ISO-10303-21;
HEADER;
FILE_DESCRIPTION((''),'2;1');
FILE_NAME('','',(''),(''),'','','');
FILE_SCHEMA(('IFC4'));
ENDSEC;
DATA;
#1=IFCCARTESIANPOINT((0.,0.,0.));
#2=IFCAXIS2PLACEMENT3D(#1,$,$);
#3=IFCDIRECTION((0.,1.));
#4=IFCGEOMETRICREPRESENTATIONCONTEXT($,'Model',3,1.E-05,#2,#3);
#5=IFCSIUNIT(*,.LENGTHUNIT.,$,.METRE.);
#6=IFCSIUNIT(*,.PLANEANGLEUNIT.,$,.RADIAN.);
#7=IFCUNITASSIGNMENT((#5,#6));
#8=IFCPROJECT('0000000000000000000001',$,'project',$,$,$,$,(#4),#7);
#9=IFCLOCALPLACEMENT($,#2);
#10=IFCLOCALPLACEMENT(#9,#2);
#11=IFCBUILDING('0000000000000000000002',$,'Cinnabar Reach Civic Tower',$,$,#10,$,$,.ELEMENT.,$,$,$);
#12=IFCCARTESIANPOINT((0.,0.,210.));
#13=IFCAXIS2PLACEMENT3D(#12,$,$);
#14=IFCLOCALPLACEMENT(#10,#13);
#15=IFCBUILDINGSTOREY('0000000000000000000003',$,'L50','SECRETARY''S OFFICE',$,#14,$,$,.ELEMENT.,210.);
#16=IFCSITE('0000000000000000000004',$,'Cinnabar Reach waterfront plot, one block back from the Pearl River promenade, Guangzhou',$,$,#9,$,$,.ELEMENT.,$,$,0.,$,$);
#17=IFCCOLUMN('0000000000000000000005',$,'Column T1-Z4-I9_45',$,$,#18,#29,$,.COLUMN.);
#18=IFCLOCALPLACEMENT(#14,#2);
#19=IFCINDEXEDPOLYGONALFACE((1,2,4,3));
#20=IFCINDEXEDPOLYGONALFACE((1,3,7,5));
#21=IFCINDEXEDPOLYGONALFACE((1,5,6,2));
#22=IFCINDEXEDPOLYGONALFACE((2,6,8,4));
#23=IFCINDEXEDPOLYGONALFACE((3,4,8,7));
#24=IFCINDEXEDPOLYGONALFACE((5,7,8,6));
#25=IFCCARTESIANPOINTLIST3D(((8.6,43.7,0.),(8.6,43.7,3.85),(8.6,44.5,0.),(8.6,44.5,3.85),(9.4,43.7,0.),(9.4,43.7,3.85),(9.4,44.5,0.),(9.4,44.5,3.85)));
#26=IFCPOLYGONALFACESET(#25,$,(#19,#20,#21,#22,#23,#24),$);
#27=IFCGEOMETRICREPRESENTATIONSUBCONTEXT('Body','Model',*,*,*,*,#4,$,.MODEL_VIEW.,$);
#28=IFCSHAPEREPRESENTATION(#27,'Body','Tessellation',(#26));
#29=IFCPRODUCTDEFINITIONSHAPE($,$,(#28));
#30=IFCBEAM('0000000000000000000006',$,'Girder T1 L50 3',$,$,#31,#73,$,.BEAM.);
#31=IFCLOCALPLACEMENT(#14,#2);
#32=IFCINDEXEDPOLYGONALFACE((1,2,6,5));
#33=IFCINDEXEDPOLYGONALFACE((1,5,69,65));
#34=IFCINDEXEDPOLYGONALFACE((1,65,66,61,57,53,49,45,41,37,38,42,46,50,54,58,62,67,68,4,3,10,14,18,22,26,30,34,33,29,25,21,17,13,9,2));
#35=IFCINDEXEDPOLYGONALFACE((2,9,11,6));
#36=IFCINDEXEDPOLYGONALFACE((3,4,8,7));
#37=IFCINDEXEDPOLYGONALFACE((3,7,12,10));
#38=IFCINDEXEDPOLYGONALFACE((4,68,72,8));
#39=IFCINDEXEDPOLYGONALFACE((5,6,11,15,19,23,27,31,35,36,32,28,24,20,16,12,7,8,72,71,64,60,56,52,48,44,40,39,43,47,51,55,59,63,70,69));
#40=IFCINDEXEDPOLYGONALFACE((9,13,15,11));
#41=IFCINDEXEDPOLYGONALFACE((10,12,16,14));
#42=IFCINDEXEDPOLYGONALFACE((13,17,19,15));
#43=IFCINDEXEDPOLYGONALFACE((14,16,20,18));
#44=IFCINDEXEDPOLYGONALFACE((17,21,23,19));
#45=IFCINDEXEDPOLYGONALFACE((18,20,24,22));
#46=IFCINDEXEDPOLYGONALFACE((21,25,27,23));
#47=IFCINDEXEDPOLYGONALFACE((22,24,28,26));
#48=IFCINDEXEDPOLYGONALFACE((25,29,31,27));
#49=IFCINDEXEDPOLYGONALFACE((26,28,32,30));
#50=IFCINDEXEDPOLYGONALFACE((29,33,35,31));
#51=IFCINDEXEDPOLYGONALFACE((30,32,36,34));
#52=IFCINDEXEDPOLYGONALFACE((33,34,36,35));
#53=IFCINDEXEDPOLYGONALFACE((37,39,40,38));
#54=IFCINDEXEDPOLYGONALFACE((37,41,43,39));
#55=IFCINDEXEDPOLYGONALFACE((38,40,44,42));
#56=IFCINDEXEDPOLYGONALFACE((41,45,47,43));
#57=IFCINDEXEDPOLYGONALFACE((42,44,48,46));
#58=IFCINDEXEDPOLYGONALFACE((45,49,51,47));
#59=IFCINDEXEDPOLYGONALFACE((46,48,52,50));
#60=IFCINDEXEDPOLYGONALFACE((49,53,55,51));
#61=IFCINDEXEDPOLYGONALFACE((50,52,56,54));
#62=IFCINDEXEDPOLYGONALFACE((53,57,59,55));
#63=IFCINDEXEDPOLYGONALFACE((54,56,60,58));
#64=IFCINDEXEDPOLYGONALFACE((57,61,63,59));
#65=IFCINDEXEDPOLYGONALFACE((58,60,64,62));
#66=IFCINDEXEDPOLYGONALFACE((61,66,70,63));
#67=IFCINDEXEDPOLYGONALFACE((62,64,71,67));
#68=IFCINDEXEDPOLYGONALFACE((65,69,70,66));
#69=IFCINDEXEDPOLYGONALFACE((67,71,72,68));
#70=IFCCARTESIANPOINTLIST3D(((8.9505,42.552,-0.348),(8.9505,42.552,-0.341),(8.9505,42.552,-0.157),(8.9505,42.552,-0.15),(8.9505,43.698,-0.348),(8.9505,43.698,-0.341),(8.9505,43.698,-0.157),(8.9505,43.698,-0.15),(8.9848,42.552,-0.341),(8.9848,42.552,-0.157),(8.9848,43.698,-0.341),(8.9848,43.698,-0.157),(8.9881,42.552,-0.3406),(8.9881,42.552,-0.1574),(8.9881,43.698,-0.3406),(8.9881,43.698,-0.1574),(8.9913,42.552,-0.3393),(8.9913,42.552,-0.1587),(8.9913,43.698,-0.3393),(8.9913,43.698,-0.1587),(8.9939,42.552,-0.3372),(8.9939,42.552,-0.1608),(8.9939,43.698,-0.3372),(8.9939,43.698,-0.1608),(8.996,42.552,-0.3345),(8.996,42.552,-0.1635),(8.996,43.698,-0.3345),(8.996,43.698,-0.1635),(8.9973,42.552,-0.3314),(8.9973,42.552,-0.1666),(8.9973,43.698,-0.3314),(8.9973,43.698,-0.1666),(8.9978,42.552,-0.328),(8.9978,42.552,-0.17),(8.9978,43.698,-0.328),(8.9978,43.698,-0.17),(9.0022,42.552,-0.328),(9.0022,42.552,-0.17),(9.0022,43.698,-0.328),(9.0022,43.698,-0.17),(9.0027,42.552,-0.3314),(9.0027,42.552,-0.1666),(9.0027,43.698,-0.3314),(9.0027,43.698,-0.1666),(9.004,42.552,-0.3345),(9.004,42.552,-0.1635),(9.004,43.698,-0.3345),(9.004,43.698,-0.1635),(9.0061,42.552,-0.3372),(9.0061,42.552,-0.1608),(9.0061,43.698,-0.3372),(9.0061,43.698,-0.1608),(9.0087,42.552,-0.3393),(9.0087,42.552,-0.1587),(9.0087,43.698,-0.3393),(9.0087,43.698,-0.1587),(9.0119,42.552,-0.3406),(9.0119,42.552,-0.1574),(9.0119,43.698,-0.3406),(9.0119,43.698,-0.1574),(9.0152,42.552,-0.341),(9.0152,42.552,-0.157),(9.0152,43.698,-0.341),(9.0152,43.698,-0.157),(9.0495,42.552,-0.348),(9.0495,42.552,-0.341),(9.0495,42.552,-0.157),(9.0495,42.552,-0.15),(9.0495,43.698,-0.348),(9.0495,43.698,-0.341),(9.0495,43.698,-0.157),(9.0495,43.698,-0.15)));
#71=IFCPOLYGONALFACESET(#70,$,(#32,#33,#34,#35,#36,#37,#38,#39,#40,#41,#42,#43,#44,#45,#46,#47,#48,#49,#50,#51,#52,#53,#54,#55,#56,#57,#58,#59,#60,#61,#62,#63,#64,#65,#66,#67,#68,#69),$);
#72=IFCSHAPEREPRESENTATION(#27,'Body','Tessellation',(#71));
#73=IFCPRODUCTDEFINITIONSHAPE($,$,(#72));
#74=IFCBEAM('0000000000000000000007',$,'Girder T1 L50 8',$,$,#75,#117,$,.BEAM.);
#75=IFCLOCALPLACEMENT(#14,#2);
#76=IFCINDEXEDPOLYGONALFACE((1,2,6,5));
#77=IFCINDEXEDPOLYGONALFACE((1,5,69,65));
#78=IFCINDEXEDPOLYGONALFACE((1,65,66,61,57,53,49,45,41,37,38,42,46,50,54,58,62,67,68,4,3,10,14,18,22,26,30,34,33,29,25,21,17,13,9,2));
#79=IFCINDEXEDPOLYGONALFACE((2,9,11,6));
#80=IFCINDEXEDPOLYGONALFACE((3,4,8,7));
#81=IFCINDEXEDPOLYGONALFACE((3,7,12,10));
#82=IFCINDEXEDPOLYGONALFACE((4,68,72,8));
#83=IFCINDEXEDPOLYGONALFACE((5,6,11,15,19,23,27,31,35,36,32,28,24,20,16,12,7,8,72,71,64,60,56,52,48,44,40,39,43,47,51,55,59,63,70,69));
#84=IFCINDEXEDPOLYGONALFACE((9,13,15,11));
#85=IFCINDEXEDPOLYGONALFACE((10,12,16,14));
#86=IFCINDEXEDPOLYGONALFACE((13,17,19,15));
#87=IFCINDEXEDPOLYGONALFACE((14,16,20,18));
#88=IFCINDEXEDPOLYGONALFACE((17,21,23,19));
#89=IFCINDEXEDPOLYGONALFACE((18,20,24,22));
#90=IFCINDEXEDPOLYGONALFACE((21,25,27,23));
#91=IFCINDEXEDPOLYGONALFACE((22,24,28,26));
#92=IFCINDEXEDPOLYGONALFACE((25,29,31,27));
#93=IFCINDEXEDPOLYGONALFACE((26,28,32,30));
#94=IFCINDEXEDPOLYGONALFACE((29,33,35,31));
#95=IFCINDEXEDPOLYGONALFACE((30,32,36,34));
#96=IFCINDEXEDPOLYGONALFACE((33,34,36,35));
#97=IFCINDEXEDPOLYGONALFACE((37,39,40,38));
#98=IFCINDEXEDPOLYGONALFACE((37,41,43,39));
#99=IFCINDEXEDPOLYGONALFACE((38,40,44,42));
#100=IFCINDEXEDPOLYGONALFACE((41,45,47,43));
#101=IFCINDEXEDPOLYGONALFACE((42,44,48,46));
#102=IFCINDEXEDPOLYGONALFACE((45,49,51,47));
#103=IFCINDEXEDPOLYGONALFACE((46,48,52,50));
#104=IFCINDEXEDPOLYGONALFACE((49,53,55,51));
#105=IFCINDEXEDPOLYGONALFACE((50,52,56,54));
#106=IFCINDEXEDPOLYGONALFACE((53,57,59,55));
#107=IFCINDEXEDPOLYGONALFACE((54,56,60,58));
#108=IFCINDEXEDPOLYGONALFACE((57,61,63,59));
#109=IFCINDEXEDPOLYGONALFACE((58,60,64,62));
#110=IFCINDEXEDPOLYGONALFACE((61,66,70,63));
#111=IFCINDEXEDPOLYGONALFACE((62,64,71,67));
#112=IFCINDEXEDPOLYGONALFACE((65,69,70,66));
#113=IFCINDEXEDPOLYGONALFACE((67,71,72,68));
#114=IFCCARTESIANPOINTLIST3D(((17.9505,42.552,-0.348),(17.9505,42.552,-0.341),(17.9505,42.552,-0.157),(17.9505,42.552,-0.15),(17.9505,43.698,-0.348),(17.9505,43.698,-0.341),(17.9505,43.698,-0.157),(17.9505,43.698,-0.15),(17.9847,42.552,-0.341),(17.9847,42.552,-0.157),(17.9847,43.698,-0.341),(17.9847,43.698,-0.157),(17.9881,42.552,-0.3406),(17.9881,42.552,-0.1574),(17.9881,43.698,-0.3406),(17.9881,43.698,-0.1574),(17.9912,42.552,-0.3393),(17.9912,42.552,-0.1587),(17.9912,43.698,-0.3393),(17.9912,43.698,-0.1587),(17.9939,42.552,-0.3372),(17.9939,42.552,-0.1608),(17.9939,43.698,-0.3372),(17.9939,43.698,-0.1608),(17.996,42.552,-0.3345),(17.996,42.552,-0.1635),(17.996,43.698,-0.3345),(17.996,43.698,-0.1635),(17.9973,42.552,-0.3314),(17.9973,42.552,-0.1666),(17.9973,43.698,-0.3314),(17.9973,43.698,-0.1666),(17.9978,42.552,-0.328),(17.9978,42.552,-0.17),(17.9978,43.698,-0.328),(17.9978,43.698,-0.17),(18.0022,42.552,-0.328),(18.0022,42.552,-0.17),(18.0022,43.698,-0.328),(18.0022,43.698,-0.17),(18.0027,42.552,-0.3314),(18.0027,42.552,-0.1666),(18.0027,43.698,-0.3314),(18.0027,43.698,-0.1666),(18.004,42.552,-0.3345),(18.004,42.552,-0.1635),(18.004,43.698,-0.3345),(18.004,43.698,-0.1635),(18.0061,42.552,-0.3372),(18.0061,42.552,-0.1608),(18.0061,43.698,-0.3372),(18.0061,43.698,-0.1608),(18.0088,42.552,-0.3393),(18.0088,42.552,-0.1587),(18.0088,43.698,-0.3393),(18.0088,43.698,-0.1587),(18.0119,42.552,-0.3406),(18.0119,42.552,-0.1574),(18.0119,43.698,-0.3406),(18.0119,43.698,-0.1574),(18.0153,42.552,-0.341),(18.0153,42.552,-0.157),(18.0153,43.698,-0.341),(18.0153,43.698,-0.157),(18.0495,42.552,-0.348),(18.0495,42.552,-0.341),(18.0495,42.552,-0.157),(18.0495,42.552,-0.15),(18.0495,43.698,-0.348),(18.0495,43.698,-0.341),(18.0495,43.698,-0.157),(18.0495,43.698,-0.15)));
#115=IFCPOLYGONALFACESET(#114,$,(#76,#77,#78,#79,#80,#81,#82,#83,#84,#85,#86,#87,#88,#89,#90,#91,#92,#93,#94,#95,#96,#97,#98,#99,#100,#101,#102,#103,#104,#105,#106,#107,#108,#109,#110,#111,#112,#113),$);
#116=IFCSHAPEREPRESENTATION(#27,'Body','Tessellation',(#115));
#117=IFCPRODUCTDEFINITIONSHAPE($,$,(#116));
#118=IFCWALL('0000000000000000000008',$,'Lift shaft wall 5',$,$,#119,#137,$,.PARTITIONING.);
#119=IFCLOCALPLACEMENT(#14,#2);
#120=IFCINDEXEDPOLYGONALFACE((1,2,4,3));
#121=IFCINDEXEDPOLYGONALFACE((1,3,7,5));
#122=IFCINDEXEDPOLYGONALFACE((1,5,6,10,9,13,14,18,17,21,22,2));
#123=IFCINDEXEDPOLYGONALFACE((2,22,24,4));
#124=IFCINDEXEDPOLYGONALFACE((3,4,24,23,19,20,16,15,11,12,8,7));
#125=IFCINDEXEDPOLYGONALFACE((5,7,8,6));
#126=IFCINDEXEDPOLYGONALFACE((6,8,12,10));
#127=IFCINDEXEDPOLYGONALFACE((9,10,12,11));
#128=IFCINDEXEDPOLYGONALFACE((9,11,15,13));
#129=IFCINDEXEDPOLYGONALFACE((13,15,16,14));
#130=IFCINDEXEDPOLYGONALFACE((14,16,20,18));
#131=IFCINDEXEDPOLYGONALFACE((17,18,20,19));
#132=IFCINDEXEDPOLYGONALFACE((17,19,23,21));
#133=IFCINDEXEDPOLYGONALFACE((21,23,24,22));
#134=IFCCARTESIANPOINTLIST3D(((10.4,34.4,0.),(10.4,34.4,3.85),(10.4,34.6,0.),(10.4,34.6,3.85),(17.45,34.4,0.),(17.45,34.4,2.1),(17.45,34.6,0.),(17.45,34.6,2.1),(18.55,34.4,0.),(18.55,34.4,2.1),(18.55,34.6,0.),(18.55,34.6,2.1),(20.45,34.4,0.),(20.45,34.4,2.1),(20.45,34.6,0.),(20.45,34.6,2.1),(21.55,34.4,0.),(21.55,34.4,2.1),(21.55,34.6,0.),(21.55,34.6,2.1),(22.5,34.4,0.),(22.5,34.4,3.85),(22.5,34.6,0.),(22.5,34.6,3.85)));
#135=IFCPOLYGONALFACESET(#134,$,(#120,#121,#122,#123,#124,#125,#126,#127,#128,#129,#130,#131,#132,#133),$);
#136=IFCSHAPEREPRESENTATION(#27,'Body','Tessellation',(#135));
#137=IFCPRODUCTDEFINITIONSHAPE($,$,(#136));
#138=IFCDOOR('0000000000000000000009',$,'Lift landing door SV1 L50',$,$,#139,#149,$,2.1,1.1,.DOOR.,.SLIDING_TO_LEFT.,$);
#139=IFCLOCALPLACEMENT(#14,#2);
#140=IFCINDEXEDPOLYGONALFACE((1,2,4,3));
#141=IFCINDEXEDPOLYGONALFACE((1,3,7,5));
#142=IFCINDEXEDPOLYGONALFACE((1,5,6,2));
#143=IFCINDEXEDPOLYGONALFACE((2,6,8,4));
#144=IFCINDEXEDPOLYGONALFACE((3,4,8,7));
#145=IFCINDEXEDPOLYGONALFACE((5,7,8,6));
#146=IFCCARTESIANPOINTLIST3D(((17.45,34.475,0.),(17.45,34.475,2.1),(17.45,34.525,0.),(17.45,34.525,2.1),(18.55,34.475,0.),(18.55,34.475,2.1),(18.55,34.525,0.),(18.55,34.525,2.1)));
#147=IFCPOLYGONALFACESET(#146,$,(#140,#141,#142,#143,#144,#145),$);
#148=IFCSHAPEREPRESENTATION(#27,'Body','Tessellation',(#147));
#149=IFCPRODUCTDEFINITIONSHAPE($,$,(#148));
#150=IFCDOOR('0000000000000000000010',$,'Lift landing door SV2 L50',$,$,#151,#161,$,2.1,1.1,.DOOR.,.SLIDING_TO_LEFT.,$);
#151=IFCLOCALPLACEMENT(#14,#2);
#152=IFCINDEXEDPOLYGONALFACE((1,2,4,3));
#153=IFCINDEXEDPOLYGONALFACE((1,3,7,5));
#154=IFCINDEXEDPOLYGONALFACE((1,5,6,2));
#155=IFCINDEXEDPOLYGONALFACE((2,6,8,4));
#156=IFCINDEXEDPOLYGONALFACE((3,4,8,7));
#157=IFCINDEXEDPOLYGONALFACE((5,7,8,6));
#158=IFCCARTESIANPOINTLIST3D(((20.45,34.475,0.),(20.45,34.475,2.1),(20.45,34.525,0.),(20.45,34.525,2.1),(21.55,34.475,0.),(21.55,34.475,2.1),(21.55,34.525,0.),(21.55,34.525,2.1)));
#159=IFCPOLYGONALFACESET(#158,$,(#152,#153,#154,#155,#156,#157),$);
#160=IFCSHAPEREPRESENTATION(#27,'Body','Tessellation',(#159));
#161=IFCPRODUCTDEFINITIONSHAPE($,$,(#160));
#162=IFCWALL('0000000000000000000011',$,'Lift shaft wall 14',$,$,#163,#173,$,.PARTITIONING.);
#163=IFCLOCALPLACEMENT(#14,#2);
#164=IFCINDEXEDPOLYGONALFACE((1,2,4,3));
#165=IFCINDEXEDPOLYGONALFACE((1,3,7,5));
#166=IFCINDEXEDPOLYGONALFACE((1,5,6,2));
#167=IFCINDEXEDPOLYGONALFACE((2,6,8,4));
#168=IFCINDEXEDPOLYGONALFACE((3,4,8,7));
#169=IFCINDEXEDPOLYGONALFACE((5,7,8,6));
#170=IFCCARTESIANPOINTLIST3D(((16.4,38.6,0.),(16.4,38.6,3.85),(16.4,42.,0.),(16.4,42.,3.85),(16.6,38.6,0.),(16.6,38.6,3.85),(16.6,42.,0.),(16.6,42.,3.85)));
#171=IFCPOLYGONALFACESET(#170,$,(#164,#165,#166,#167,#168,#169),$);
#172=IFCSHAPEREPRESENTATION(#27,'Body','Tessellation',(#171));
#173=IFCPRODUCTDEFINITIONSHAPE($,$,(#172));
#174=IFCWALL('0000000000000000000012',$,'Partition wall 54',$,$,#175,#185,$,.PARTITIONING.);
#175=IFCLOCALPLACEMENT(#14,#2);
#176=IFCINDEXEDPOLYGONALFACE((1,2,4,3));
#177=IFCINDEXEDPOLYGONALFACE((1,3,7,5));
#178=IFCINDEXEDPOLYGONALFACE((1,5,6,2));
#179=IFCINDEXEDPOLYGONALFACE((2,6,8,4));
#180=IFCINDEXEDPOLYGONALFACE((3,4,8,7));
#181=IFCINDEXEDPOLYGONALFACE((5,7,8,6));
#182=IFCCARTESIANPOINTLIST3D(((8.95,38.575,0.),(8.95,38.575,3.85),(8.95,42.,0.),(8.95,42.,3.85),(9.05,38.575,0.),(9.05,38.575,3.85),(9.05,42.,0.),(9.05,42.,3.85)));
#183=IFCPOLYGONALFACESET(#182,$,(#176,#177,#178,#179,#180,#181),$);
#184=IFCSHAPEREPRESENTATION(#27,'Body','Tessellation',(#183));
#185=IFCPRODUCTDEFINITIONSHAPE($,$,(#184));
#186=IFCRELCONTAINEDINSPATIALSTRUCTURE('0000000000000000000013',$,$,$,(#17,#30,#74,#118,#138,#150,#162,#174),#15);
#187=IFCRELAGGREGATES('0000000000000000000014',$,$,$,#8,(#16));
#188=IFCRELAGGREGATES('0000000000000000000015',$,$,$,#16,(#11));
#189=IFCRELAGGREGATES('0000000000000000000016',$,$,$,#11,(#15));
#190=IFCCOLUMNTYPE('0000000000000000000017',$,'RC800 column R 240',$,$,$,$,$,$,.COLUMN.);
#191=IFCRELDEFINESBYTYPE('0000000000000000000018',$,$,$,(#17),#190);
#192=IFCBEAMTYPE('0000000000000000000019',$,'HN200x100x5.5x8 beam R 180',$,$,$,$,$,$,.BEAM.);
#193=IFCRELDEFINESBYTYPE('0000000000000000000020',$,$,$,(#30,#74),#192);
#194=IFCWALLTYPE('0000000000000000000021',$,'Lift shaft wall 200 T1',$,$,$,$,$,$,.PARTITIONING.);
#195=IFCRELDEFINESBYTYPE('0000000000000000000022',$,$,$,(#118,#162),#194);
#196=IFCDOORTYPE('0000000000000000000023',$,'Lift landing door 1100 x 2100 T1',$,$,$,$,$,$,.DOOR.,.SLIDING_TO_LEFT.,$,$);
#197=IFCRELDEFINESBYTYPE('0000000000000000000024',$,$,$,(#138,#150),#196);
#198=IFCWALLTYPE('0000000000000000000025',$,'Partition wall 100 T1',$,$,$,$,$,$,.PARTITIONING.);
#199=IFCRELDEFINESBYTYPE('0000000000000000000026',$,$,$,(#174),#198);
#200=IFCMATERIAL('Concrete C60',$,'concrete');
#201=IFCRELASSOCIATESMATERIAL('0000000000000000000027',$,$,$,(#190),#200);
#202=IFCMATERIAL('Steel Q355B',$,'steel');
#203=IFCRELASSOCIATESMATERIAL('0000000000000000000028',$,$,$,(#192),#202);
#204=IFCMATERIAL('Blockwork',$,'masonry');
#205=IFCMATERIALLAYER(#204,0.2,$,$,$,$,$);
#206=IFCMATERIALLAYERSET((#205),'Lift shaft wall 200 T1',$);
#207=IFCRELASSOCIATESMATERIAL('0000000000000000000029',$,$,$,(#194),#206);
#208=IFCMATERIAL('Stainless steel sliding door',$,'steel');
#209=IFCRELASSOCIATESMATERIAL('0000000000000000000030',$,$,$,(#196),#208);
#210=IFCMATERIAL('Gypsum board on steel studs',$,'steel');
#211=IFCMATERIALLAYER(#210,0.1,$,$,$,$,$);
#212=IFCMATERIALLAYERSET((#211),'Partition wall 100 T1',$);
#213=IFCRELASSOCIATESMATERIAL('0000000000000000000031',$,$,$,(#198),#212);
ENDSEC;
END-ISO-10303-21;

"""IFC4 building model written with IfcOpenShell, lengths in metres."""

from ifc_helpers import new_model, si_unit, direction, frame, frame_2d, origin, origin_2d, place, context, subcontext, project, spatial, rectangle, i_section, extrude, material, layer, layer_set, material_profile, profile_set, type_object, element, fill, save


model = new_model("IFC4")

# Units and contexts
model_context = context("Model", 3, precision=1e-05, world=origin(), true_north=direction((0.0, 1.0)))
body_context = subcontext(model_context, "Body", "Model", "MODEL_VIEW")
ifc_project = project(units=[si_unit("LENGTHUNIT", "METRE"), si_unit("PLANEANGLEUNIT", "RADIAN")], contexts=[model_context])

# Site, building, storey
site_placement = place(None, origin())
site = spatial("IfcSite", under=ifc_project, at=site_placement, Name="Cinnabar Reach waterfront plot, one block back from the Pearl River promenade, Guangzhou", CompositionType="ELEMENT", RefElevation=0.0)
building_placement = place(site_placement, origin())
building = spatial("IfcBuilding", under=site, at=building_placement, Name="Cinnabar Reach Civic Tower", CompositionType="ELEMENT")
storey_placement = place(building_placement, frame((0.0, 0.0, 210.0)))
storey = spatial("IfcBuildingStorey", under=building, at=storey_placement, Name="L50", Description="SECRETARY'S OFFICE", CompositionType="ELEMENT", Elevation=210.0)

# Column
ifc_material_1 = material(Name="Concrete C60", Category="concrete")
ifc_material_profile_1 = material_profile(ifc_material_1, rectangle(XDim=0.8, YDim=0.8, at=origin_2d()), Name="RC800")
ifc_profile_set_1 = profile_set([ifc_material_profile_1], Name="Concrete C60")
column_type = type_object("IfcColumnType", Name="RC800 column R 240", PredefinedType="COLUMN", material=ifc_profile_set_1)
column_placement = place(storey_placement, frame((9.0, 44.1, 0.0), z_axis=(0.0, 0.0, 1.0), x_axis=(1.0, 0.0, 0.0)))
element("IfcColumn", 1, at=column_placement, inside=storey, type_object=column_type, Name="Column T1-Z4-I9_45", PredefinedType="COLUMN", context=body_context, shape_type="SweptSolid", body=[
    extrude(rectangle(XDim=0.8, YDim=0.8, at=origin_2d()), origin(), (0.0, 0.0, 1.0), 3.85),
])

# Beams
ifc_material_2 = material(Name="Steel Q355B", Category="steel")
ifc_material_profile_2 = material_profile(ifc_material_2, i_section(OverallWidth=0.099, OverallDepth=0.198, WebThickness=0.0045, FlangeThickness=0.007, FilletRadius=0.013, at=origin_2d()), Name="HN200x100x5.5x8")
ifc_profile_set_2 = profile_set([ifc_material_profile_2], Name="Steel Q355B")
beam_type = type_object("IfcBeamType", Name="HN200x100x5.5x8 beam R 180", PredefinedType="BEAM", material=ifc_profile_set_2)
for number, where, z_axis, x_axis, name in (
    (2, (9.0, 42.552, -0.249), (0.0, 1.0, 0.0), (-1.0, 0.0, 0.0), "Girder T1 L50 3"),
    (3, (18.0, 42.552, -0.249), (0.0, 1.0, 0.0), (-1.0, 0.0, 0.0), "Girder T1 L50 8"),
):
    element("IfcBeam", number, at=place(storey_placement, frame(where, z_axis=z_axis, x_axis=x_axis)), inside=storey, type_object=beam_type, Name=name, PredefinedType="BEAM", context=body_context, shape_type="SweptSolid", body=[
        extrude(i_section(OverallWidth=0.099, OverallDepth=0.198, WebThickness=0.0045, FlangeThickness=0.007, FilletRadius=0.013, at=origin_2d()), origin(), (0.0, 0.0, 1.0), 1.146),
    ])

# Wall, openings, doors
ifc_material_3 = material(Name="Blockwork", Category="masonry")
ifc_layer_1 = layer(ifc_material_3, 0.2)
ifc_layer_set_1 = layer_set([ifc_layer_1], Name="Lift shaft wall 200 T1")
wall_type_1 = type_object("IfcWallType", Name="Lift shaft wall 200 T1", PredefinedType="PARTITIONING", material=ifc_layer_set_1)
wall_1_placement = place(storey_placement, frame((10.4, 34.5, 0.0), z_axis=(0.0, 0.0, 1.0), x_axis=(1.0, 0.0, 0.0)))
wall_1 = element("IfcWall", 4, at=wall_1_placement, inside=storey, type_object=wall_type_1, Name="Lift shaft wall 5", PredefinedType="PARTITIONING", context=body_context, shape_type="SweptSolid", body=[
    extrude(rectangle(XDim=12.1, YDim=0.2, at=frame_2d((6.05, 0.0))), origin(), (0.0, 0.0, 1.0), 3.85),
])
opening_1_placement = place(wall_1_placement, frame((7.05, 0.0, 0.0)))
opening_1 = element("IfcOpeningElement", 5, at=opening_1_placement, cuts=wall_1, PredefinedType="OPENING", context=body_context, shape_type="SweptSolid", body=[
    extrude(rectangle(XDim=1.1, YDim=2.1, at=frame_2d((0.55, 1.05))), frame((0.0, 0.11, 0.0), z_axis=(0.0, -1.0, 0.0), x_axis=(1.0, 0.0, 0.0)), (0.0, 0.0, 1.0), 0.22),
])
opening_2_placement = place(wall_1_placement, frame((10.05, 0.0, 0.0)))
opening_2 = element("IfcOpeningElement", 6, at=opening_2_placement, cuts=wall_1, PredefinedType="OPENING", context=body_context, shape_type="SweptSolid", body=[
    extrude(rectangle(XDim=1.1, YDim=2.1, at=frame_2d((0.55, 1.05))), frame((0.0, 0.11, 0.0), z_axis=(0.0, -1.0, 0.0), x_axis=(1.0, 0.0, 0.0)), (0.0, 0.0, 1.0), 0.22),
])
ifc_material_4 = material(Name="Stainless steel sliding door", Category="steel")
door_type_1 = type_object("IfcDoorType", Name="Lift landing door 1100 x 2100 T1", OperationType="SLIDING_TO_LEFT", PredefinedType="DOOR", material=ifc_material_4)
door_1_placement = place(opening_1_placement, origin())
door_1 = element("IfcDoor", 7, at=door_1_placement, inside=storey, type_object=door_type_1, Name="Lift landing door SV1 L50", OperationType="SLIDING_TO_LEFT", OverallHeight=2.1, OverallWidth=1.1, PredefinedType="DOOR", context=body_context, shape_type="SweptSolid", body=[
    extrude(rectangle(XDim=1.1, YDim=2.1, at=frame_2d((0.55, 1.05))), frame((0.0, 0.025, 0.0), z_axis=(0.0, -1.0, 0.0), x_axis=(1.0, 0.0, 0.0)), (0.0, 0.0, 1.0), 0.05),
])
fill(opening_1, door_1)
door_2_placement = place(opening_2_placement, origin())
door_2 = element("IfcDoor", 8, at=door_2_placement, inside=storey, type_object=door_type_1, Name="Lift landing door SV2 L50", OperationType="SLIDING_TO_LEFT", OverallHeight=2.1, OverallWidth=1.1, PredefinedType="DOOR", context=body_context, shape_type="SweptSolid", body=[
    extrude(rectangle(XDim=1.1, YDim=2.1, at=frame_2d((0.55, 1.05))), frame((0.0, 0.025, 0.0), z_axis=(0.0, -1.0, 0.0), x_axis=(1.0, 0.0, 0.0)), (0.0, 0.0, 1.0), 0.05),
])
fill(opening_2, door_2)

# Walls
wall_2_placement = place(storey_placement, frame((16.5, 38.6, 0.0), z_axis=(0.0, 0.0, 1.0), x_axis=(0.0, 1.0, 0.0)))
element("IfcWall", 9, at=wall_2_placement, inside=storey, type_object=wall_type_1, Name="Lift shaft wall 14", PredefinedType="PARTITIONING", context=body_context, shape_type="SweptSolid", body=[
    extrude(rectangle(XDim=3.4, YDim=0.2, at=frame_2d((1.7, 0.0))), origin(), (0.0, 0.0, 1.0), 3.85),
])
ifc_material_5 = material(Name="Gypsum board on steel studs", Category="steel")
ifc_layer_2 = layer(ifc_material_5, 0.1)
ifc_layer_set_2 = layer_set([ifc_layer_2], Name="Partition wall 100 T1")
wall_type_2 = type_object("IfcWallType", Name="Partition wall 100 T1", PredefinedType="PARTITIONING", material=ifc_layer_set_2)
for number, where, z_axis, x_axis, name in (
    (10, (9.0, 38.575, 0.0), (0.0, 0.0, 1.0), (0.0, 1.0, 0.0), "Partition wall 54"),
):
    element("IfcWall", number, at=place(storey_placement, frame(where, z_axis=z_axis, x_axis=x_axis)), inside=storey, type_object=wall_type_2, Name=name, PredefinedType="PARTITIONING", context=body_context, shape_type="SweptSolid", body=[
        extrude(rectangle(XDim=3.425, YDim=0.1, at=frame_2d((1.7125, 0.0))), origin(), (0.0, 0.0, 1.0), 3.85),
    ])

save(model, "model.ifc")
